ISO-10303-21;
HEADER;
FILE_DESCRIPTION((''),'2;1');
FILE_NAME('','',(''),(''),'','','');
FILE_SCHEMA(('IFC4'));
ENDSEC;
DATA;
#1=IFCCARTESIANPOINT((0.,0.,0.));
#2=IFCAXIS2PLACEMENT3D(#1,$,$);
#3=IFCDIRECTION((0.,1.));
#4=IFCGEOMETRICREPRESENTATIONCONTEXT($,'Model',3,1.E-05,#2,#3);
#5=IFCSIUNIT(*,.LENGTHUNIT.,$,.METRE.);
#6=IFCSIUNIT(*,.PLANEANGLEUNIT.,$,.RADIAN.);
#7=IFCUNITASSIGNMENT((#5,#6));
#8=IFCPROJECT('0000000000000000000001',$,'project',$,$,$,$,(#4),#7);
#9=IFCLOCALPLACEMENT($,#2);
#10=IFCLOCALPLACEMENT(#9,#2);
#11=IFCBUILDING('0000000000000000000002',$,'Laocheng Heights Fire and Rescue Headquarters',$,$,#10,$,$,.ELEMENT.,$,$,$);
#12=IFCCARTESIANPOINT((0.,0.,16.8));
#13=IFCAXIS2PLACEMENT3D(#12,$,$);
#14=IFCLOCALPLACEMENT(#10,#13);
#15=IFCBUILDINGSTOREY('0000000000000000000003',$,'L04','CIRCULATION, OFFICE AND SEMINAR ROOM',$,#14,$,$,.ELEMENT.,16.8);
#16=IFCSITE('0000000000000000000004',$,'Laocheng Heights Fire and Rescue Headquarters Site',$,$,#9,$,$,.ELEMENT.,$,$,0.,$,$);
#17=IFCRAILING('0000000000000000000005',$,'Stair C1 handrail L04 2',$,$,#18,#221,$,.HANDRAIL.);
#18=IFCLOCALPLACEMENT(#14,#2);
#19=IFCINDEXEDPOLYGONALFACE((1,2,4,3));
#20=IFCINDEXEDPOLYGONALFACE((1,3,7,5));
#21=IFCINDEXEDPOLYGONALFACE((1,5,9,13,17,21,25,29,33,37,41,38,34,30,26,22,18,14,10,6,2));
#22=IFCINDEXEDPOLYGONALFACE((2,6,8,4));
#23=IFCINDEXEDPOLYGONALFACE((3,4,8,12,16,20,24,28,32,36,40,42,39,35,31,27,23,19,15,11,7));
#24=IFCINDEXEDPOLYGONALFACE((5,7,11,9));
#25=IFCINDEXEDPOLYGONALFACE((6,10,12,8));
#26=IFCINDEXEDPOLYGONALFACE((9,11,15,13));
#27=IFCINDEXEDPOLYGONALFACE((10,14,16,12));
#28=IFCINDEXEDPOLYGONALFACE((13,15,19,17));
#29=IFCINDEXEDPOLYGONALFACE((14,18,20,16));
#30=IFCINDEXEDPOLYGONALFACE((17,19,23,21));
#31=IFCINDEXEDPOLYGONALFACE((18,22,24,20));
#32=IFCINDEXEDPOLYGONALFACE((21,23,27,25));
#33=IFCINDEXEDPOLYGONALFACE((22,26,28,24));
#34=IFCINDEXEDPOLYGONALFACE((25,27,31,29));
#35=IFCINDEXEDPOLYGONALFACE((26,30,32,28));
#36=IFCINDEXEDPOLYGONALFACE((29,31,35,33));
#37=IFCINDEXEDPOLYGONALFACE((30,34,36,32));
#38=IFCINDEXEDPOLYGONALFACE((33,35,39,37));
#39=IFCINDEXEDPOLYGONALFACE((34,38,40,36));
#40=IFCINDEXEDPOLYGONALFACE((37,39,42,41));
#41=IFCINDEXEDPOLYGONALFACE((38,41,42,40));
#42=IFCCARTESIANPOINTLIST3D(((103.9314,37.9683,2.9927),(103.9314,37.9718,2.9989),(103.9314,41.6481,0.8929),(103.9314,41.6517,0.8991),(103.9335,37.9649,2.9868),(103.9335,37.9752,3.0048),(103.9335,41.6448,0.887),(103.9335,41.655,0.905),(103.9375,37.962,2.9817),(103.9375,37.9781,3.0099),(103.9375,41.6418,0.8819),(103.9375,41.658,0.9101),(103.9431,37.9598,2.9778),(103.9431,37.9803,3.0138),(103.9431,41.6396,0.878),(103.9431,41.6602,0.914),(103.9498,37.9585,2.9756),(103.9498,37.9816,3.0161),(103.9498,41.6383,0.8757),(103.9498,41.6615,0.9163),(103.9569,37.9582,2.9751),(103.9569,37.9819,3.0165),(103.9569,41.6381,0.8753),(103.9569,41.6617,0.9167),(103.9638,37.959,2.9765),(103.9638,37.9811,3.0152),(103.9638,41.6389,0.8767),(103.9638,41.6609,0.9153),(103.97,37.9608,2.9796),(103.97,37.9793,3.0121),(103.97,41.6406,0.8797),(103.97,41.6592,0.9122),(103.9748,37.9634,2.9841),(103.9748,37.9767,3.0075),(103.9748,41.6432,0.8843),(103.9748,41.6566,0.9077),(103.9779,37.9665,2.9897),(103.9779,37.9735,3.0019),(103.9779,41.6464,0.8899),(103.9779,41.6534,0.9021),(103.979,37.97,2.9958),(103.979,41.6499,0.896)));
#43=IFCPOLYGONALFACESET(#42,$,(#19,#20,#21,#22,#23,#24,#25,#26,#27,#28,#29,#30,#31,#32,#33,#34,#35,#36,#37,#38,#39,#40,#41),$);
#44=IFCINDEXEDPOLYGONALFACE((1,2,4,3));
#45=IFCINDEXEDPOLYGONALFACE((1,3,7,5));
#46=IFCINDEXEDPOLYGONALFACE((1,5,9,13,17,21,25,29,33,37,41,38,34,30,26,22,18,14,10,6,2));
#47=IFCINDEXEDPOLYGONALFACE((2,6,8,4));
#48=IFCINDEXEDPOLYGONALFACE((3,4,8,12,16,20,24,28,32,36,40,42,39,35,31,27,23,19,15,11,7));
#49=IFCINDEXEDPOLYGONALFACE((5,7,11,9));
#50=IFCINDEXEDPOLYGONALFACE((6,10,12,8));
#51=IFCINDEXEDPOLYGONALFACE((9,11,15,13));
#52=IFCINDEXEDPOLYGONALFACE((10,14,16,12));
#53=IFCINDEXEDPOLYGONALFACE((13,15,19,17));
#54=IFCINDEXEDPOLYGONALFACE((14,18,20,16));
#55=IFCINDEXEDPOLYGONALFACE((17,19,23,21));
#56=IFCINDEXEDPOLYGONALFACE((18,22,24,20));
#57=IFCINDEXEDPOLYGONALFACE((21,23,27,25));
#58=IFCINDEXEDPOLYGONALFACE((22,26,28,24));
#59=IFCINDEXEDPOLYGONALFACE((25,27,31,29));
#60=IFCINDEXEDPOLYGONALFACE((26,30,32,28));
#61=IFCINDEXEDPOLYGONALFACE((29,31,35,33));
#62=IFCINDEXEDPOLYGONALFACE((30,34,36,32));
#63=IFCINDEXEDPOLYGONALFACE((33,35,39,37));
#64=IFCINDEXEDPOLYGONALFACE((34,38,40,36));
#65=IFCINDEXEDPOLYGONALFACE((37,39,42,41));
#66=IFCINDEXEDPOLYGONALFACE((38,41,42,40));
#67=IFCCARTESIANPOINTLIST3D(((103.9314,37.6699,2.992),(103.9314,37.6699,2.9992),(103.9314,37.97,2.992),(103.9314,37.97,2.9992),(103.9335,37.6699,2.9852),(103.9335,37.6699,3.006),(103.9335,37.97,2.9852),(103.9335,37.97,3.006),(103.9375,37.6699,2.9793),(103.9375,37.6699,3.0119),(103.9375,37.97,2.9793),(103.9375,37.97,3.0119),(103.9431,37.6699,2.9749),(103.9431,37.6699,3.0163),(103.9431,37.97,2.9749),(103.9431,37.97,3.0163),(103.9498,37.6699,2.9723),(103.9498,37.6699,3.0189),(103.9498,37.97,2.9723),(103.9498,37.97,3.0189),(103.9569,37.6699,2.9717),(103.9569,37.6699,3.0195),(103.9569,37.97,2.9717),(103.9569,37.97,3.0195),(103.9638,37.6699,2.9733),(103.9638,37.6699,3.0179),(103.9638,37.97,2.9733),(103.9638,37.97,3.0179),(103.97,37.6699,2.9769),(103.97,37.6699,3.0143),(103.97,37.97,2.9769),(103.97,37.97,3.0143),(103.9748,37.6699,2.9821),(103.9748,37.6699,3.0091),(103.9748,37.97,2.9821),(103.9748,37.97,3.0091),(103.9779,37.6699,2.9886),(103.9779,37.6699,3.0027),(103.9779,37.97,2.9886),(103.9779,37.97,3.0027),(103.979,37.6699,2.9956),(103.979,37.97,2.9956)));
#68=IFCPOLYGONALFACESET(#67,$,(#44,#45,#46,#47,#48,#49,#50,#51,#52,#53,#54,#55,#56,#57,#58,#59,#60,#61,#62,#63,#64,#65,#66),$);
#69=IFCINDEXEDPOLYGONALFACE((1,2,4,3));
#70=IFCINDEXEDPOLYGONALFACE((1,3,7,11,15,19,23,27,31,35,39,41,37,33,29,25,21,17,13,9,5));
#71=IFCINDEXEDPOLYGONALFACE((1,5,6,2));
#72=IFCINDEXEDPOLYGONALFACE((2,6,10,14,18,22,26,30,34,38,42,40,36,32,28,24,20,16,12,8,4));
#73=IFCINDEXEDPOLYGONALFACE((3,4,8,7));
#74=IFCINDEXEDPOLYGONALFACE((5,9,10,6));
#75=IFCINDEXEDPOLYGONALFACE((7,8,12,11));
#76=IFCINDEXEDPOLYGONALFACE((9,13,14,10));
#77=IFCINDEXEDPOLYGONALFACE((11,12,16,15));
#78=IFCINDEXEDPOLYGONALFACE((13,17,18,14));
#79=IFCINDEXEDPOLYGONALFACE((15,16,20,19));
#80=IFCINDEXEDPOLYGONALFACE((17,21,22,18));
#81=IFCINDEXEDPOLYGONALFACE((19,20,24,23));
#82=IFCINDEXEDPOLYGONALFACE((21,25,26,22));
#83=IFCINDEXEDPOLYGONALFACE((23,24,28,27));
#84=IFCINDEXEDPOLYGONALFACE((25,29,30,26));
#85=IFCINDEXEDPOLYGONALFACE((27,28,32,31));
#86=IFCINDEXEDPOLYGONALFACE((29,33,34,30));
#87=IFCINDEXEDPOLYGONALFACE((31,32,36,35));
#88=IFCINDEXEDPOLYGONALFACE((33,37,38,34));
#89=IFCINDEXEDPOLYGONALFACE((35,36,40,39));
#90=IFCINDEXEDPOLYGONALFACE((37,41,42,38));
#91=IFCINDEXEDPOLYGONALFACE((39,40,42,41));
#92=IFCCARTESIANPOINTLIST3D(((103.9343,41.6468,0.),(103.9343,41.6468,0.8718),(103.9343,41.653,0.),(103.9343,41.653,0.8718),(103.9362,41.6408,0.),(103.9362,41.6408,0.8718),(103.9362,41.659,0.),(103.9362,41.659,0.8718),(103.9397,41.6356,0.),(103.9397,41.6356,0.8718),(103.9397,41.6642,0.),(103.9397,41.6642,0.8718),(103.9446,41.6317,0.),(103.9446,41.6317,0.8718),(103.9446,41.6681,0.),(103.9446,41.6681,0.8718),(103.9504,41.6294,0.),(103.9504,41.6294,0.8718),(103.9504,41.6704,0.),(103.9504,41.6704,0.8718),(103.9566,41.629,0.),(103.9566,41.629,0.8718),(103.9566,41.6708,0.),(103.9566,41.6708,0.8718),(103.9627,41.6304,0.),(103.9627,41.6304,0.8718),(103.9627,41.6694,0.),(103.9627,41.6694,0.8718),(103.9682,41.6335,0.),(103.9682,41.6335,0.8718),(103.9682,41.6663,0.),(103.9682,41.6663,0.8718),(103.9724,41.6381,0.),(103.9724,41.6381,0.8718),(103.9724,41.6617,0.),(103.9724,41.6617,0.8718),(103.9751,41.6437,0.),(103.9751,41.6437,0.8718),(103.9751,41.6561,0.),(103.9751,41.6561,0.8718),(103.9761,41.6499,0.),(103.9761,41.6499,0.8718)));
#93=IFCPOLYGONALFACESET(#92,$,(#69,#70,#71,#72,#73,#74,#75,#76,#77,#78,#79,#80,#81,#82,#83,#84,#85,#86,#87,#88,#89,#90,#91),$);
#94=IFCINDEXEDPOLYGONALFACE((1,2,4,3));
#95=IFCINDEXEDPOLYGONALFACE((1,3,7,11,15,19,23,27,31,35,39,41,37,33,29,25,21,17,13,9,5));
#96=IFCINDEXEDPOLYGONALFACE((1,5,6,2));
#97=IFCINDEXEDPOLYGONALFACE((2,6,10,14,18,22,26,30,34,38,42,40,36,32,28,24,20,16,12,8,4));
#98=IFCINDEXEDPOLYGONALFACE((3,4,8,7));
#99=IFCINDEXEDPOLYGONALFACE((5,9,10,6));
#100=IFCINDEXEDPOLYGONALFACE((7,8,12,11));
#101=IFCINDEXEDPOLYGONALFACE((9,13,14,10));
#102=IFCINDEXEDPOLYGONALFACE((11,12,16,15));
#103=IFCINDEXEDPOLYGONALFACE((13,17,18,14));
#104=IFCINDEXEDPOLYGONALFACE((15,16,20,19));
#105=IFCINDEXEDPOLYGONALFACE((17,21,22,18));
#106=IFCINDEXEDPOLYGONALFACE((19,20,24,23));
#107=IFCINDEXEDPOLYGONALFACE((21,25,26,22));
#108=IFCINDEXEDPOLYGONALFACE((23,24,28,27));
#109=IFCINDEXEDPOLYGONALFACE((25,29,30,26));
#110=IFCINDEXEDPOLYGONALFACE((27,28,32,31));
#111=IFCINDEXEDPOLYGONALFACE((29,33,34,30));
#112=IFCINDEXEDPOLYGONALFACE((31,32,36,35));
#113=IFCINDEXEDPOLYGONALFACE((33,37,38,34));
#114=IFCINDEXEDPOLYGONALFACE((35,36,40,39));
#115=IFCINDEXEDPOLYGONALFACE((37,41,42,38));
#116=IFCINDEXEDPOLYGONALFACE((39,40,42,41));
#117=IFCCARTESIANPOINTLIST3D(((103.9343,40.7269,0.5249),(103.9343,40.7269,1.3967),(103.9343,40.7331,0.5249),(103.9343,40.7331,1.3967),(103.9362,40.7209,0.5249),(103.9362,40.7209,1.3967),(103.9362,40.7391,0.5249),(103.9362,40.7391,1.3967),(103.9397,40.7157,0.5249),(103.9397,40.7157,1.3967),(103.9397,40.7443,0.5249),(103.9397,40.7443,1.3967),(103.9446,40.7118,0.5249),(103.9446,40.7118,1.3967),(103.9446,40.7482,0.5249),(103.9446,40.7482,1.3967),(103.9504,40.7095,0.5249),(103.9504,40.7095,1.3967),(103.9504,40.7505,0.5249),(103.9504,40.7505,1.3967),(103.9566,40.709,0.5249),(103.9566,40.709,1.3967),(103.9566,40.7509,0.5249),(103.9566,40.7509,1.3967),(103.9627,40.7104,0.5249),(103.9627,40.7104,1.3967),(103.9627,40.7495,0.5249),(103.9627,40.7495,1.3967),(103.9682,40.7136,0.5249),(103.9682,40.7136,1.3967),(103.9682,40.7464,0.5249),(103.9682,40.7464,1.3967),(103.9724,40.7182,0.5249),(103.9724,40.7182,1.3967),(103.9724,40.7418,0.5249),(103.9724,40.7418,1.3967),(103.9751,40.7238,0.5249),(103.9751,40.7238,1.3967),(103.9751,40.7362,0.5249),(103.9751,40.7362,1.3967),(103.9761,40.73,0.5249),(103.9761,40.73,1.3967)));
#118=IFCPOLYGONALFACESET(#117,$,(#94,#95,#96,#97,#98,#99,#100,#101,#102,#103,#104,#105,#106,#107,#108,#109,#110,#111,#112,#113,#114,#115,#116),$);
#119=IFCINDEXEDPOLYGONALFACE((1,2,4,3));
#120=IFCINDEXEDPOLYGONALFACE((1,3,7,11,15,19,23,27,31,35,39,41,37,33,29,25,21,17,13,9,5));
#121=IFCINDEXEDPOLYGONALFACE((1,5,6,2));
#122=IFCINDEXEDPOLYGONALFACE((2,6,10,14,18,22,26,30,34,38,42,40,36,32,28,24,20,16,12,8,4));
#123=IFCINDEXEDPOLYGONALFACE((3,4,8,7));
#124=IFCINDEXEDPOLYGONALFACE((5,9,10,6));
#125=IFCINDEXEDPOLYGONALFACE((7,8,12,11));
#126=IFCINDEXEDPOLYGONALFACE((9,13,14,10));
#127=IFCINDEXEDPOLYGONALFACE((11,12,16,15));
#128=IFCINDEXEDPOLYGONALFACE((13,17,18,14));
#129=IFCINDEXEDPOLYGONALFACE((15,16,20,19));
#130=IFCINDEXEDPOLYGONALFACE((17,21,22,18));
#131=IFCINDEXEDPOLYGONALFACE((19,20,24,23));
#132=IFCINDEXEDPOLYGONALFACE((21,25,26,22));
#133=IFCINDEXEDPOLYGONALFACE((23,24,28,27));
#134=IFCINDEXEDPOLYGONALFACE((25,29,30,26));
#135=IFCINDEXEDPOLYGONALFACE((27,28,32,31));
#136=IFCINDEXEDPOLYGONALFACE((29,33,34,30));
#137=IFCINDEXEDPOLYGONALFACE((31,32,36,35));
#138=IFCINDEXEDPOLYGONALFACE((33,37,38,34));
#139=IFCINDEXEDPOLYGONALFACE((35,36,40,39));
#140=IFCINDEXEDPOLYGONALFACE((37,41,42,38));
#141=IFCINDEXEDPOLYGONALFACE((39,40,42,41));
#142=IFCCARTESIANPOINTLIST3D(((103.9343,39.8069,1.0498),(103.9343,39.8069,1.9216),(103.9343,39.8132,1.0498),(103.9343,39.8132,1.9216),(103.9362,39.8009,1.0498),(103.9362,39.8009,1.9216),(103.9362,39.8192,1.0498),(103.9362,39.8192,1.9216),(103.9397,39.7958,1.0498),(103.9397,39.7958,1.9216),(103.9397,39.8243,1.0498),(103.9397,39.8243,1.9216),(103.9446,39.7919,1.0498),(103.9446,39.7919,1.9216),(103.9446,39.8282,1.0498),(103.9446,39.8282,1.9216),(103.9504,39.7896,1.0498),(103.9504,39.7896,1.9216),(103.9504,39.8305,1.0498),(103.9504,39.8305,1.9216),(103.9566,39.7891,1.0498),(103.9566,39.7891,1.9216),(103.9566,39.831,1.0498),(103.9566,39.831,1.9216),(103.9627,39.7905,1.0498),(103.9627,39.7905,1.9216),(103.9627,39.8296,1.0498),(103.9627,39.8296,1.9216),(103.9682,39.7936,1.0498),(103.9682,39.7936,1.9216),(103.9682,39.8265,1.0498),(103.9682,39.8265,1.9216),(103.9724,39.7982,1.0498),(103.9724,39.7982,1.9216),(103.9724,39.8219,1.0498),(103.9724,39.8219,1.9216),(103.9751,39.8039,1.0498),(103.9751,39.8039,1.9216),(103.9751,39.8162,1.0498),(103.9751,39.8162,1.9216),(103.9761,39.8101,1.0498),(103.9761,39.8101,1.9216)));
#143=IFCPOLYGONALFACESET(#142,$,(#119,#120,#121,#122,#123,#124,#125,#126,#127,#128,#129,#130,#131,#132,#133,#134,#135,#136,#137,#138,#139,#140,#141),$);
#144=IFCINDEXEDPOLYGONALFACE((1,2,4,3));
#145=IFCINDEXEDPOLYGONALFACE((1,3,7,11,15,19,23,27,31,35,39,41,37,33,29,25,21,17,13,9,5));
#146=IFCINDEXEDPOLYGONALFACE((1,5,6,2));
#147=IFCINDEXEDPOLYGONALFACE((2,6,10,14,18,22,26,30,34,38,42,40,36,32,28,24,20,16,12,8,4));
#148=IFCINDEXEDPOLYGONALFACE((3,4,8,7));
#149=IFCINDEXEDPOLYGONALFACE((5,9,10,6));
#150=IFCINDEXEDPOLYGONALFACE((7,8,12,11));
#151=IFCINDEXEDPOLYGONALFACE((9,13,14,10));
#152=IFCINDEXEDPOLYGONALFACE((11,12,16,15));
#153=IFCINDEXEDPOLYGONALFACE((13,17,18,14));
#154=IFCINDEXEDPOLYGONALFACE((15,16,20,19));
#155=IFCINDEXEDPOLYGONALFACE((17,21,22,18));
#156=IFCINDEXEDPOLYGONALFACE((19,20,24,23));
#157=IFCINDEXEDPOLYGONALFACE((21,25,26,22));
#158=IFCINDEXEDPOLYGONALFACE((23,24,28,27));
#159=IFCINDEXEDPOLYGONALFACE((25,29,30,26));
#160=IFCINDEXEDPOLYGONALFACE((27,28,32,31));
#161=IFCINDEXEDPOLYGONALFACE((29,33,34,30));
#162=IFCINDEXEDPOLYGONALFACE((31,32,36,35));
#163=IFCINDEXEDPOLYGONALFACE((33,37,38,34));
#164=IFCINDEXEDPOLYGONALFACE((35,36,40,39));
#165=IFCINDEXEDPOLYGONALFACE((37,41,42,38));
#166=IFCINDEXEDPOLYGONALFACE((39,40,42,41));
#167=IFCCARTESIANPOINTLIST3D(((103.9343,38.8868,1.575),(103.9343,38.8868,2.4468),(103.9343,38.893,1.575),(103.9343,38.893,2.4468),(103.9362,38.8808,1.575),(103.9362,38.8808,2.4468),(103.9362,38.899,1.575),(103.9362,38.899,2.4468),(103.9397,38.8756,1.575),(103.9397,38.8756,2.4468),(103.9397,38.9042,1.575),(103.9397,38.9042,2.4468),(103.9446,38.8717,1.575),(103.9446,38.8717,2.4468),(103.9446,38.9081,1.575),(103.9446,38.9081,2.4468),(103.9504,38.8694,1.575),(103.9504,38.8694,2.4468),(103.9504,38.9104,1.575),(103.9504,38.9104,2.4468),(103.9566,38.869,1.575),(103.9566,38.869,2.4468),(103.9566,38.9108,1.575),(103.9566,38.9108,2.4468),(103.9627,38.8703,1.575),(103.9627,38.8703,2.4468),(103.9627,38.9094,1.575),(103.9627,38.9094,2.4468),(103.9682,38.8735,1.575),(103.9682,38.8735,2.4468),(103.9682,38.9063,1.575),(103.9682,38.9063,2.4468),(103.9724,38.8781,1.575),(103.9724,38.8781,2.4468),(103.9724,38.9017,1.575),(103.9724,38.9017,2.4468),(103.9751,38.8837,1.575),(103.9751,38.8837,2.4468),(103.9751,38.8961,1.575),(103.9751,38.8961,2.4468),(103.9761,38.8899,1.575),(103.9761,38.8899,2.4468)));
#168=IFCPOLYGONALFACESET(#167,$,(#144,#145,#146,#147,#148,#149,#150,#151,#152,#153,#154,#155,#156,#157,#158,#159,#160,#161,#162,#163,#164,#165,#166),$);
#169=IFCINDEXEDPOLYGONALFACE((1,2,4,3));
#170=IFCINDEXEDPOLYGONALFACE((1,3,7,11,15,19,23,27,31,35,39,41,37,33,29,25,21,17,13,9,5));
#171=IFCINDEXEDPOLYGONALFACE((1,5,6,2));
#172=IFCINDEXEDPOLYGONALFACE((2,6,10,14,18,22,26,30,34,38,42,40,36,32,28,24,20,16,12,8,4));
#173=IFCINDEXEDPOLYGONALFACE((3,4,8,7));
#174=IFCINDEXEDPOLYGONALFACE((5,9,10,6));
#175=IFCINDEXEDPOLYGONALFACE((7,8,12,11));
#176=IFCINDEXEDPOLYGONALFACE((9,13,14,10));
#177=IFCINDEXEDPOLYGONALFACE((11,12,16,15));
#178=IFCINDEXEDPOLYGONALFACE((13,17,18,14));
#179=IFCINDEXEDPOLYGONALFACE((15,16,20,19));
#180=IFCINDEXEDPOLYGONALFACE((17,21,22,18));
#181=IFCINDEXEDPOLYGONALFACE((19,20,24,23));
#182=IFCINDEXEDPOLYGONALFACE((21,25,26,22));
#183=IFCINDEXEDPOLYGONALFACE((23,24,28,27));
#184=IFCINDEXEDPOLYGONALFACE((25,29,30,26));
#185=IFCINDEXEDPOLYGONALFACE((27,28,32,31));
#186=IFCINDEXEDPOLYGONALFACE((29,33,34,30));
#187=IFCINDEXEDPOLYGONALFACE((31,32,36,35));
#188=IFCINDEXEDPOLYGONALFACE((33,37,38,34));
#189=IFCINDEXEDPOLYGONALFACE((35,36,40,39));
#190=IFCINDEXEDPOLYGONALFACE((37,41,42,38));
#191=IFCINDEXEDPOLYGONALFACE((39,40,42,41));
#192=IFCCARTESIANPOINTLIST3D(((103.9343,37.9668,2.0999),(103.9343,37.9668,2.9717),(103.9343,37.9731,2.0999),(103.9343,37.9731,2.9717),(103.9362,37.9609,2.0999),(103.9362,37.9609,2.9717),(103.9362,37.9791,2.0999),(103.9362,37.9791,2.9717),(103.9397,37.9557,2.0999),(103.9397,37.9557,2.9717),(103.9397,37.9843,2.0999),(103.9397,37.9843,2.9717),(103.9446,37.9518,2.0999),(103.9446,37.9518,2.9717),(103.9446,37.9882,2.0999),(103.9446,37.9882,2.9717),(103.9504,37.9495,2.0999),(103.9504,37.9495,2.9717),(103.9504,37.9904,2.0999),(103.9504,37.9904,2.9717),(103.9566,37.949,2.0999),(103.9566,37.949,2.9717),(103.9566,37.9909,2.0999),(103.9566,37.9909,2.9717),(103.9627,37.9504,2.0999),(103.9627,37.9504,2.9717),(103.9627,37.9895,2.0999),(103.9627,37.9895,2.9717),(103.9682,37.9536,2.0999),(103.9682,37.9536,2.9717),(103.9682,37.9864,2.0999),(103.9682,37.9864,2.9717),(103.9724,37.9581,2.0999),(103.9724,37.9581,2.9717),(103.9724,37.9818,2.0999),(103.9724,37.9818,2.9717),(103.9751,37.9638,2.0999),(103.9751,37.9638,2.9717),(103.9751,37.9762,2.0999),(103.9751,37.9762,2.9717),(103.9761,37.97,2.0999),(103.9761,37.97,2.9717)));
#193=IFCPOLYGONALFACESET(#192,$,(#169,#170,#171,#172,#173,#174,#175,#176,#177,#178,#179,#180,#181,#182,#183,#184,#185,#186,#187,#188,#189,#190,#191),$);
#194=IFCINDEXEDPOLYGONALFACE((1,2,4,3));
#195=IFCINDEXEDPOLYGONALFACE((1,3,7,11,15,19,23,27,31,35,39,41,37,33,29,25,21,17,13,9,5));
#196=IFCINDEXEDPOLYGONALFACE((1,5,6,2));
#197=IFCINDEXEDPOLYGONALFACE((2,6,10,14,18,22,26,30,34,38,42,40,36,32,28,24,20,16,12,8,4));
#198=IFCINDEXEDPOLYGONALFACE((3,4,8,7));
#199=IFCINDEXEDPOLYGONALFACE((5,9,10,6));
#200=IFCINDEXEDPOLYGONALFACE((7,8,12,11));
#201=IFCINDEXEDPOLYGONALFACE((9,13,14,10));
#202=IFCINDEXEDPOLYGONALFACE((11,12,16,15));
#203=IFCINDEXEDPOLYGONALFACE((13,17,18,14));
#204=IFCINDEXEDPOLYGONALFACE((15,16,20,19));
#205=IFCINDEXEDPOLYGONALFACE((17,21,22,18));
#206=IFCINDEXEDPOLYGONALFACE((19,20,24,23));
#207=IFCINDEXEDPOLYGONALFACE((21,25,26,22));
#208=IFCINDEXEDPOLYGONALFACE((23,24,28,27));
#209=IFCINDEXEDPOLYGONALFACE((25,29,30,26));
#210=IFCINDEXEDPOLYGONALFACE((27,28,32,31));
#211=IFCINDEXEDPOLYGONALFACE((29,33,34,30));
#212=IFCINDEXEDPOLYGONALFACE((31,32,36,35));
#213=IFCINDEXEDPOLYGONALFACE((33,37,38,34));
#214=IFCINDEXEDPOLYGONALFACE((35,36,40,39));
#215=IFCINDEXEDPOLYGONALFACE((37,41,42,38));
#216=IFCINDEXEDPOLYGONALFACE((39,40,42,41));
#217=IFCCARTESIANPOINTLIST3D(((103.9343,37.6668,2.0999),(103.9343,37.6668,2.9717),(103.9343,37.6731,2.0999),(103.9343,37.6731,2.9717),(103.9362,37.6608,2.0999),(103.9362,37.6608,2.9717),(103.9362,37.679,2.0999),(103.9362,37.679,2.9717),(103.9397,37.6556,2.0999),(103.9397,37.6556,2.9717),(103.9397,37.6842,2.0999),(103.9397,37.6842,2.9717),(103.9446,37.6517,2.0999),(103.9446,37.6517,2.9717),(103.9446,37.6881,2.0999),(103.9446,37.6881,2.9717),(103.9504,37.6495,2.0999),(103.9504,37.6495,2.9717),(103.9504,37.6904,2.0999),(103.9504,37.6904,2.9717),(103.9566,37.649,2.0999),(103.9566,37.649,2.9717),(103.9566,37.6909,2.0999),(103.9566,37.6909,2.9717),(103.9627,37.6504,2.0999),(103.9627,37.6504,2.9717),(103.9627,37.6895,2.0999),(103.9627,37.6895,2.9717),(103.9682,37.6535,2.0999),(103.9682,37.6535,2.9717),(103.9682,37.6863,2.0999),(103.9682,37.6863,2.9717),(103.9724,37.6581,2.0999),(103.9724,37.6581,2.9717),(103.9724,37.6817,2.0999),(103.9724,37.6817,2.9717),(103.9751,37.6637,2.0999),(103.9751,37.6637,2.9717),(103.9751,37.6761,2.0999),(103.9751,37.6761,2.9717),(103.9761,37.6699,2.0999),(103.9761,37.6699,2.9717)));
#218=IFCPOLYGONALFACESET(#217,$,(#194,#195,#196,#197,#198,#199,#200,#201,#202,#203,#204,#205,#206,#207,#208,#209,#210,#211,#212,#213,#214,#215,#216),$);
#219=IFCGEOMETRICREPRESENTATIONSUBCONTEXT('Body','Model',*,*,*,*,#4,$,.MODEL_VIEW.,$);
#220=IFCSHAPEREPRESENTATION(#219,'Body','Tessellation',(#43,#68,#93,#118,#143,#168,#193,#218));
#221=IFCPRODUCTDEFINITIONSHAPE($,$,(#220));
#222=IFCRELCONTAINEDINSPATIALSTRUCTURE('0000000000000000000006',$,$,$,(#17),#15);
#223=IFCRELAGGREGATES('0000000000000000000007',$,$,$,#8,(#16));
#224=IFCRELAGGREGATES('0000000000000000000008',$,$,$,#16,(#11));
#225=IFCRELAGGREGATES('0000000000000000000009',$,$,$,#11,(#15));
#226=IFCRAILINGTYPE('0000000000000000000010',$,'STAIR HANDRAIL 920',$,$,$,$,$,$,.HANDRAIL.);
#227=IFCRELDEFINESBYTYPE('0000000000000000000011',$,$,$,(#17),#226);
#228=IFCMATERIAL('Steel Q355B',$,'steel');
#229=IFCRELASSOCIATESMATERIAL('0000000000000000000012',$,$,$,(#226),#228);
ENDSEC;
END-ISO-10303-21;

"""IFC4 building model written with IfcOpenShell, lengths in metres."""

from ifc_helpers import new_model, si_unit, direction, frame, origin, origin_2d, place, context, subcontext, project, spatial, circle, extrude, material, type_object, element, save


model = new_model("IFC4")

# Units and contexts
model_context = context("Model", 3, precision=1e-05, world=origin(), true_north=direction((0.0, 1.0)))
body_context = subcontext(model_context, "Body", "Model", "MODEL_VIEW")
ifc_project = project(units=[si_unit("LENGTHUNIT", "METRE"), si_unit("PLANEANGLEUNIT", "RADIAN")], contexts=[model_context])

# Site, building, storey
site_placement = place(None, origin())
site = spatial("IfcSite", under=ifc_project, at=site_placement, Name="Laocheng Heights Fire and Rescue Headquarters Site", CompositionType="ELEMENT", RefElevation=0.0)
building_placement = place(site_placement, origin())
building = spatial("IfcBuilding", under=site, at=building_placement, Name="Laocheng Heights Fire and Rescue Headquarters", CompositionType="ELEMENT")
storey_placement = place(building_placement, frame((0.0, 0.0, 16.8)))
storey = spatial("IfcBuildingStorey", under=building, at=storey_placement, Name="L04", Description="CIRCULATION, OFFICE AND SEMINAR ROOM", CompositionType="ELEMENT", Elevation=16.8)

# Railing
ifc_material_1 = material(Name="Steel Q355B", Category="steel")
railing_type_1 = type_object("IfcRailingType", Name="STAIR HANDRAIL 920", PredefinedType="HANDRAIL", material=ifc_material_1)
railing_1_placement = place(storey_placement, frame((103.9551, 41.6499, 0.0)))
element("IfcRailing", 1, at=railing_1_placement, inside=storey, type_object=railing_type_1, Name="Stair C1 handrail L04 2", PredefinedType="HANDRAIL", context=body_context, shape_type="SweptSolid", body=[
    extrude(circle(Radius=0.0239, at=origin_2d()), frame((0.0, 0.0, 0.896), z_axis=(0.0, -0.868544, 0.495611), x_axis=(1.0, 0.0, 0.0)), (0.0, 0.0, 1.0), 4.2368),
    extrude(circle(Radius=0.0239, at=origin_2d()), frame((0.0, -3.6799, 2.9956), z_axis=(0.0, -1.0, 0.0), x_axis=(1.0, 0.0, 0.0)), (0.0, 0.0, 1.0), 0.3),
    extrude(circle(Radius=0.021, at=origin_2d()), origin(), (0.0, 0.0, 1.0), 0.8718),
    extrude(circle(Radius=0.021, at=origin_2d()), frame((0.0, -0.9199, 0.5249)), (0.0, 0.0, 1.0), 0.8718),
    extrude(circle(Radius=0.021, at=origin_2d()), frame((0.0, -1.8398, 1.0498)), (0.0, 0.0, 1.0), 0.8718),
    extrude(circle(Radius=0.021, at=origin_2d()), frame((0.0, -2.76, 1.575)), (0.0, 0.0, 1.0), 0.8718),
    extrude(circle(Radius=0.021, at=origin_2d()), frame((0.0, -3.6799, 2.0999)), (0.0, 0.0, 1.0), 0.8718),
    extrude(circle(Radius=0.021, at=origin_2d()), frame((0.0, -3.98, 2.0999)), (0.0, 0.0, 1.0), 0.8718),
])

save(model, "model.ifc")
